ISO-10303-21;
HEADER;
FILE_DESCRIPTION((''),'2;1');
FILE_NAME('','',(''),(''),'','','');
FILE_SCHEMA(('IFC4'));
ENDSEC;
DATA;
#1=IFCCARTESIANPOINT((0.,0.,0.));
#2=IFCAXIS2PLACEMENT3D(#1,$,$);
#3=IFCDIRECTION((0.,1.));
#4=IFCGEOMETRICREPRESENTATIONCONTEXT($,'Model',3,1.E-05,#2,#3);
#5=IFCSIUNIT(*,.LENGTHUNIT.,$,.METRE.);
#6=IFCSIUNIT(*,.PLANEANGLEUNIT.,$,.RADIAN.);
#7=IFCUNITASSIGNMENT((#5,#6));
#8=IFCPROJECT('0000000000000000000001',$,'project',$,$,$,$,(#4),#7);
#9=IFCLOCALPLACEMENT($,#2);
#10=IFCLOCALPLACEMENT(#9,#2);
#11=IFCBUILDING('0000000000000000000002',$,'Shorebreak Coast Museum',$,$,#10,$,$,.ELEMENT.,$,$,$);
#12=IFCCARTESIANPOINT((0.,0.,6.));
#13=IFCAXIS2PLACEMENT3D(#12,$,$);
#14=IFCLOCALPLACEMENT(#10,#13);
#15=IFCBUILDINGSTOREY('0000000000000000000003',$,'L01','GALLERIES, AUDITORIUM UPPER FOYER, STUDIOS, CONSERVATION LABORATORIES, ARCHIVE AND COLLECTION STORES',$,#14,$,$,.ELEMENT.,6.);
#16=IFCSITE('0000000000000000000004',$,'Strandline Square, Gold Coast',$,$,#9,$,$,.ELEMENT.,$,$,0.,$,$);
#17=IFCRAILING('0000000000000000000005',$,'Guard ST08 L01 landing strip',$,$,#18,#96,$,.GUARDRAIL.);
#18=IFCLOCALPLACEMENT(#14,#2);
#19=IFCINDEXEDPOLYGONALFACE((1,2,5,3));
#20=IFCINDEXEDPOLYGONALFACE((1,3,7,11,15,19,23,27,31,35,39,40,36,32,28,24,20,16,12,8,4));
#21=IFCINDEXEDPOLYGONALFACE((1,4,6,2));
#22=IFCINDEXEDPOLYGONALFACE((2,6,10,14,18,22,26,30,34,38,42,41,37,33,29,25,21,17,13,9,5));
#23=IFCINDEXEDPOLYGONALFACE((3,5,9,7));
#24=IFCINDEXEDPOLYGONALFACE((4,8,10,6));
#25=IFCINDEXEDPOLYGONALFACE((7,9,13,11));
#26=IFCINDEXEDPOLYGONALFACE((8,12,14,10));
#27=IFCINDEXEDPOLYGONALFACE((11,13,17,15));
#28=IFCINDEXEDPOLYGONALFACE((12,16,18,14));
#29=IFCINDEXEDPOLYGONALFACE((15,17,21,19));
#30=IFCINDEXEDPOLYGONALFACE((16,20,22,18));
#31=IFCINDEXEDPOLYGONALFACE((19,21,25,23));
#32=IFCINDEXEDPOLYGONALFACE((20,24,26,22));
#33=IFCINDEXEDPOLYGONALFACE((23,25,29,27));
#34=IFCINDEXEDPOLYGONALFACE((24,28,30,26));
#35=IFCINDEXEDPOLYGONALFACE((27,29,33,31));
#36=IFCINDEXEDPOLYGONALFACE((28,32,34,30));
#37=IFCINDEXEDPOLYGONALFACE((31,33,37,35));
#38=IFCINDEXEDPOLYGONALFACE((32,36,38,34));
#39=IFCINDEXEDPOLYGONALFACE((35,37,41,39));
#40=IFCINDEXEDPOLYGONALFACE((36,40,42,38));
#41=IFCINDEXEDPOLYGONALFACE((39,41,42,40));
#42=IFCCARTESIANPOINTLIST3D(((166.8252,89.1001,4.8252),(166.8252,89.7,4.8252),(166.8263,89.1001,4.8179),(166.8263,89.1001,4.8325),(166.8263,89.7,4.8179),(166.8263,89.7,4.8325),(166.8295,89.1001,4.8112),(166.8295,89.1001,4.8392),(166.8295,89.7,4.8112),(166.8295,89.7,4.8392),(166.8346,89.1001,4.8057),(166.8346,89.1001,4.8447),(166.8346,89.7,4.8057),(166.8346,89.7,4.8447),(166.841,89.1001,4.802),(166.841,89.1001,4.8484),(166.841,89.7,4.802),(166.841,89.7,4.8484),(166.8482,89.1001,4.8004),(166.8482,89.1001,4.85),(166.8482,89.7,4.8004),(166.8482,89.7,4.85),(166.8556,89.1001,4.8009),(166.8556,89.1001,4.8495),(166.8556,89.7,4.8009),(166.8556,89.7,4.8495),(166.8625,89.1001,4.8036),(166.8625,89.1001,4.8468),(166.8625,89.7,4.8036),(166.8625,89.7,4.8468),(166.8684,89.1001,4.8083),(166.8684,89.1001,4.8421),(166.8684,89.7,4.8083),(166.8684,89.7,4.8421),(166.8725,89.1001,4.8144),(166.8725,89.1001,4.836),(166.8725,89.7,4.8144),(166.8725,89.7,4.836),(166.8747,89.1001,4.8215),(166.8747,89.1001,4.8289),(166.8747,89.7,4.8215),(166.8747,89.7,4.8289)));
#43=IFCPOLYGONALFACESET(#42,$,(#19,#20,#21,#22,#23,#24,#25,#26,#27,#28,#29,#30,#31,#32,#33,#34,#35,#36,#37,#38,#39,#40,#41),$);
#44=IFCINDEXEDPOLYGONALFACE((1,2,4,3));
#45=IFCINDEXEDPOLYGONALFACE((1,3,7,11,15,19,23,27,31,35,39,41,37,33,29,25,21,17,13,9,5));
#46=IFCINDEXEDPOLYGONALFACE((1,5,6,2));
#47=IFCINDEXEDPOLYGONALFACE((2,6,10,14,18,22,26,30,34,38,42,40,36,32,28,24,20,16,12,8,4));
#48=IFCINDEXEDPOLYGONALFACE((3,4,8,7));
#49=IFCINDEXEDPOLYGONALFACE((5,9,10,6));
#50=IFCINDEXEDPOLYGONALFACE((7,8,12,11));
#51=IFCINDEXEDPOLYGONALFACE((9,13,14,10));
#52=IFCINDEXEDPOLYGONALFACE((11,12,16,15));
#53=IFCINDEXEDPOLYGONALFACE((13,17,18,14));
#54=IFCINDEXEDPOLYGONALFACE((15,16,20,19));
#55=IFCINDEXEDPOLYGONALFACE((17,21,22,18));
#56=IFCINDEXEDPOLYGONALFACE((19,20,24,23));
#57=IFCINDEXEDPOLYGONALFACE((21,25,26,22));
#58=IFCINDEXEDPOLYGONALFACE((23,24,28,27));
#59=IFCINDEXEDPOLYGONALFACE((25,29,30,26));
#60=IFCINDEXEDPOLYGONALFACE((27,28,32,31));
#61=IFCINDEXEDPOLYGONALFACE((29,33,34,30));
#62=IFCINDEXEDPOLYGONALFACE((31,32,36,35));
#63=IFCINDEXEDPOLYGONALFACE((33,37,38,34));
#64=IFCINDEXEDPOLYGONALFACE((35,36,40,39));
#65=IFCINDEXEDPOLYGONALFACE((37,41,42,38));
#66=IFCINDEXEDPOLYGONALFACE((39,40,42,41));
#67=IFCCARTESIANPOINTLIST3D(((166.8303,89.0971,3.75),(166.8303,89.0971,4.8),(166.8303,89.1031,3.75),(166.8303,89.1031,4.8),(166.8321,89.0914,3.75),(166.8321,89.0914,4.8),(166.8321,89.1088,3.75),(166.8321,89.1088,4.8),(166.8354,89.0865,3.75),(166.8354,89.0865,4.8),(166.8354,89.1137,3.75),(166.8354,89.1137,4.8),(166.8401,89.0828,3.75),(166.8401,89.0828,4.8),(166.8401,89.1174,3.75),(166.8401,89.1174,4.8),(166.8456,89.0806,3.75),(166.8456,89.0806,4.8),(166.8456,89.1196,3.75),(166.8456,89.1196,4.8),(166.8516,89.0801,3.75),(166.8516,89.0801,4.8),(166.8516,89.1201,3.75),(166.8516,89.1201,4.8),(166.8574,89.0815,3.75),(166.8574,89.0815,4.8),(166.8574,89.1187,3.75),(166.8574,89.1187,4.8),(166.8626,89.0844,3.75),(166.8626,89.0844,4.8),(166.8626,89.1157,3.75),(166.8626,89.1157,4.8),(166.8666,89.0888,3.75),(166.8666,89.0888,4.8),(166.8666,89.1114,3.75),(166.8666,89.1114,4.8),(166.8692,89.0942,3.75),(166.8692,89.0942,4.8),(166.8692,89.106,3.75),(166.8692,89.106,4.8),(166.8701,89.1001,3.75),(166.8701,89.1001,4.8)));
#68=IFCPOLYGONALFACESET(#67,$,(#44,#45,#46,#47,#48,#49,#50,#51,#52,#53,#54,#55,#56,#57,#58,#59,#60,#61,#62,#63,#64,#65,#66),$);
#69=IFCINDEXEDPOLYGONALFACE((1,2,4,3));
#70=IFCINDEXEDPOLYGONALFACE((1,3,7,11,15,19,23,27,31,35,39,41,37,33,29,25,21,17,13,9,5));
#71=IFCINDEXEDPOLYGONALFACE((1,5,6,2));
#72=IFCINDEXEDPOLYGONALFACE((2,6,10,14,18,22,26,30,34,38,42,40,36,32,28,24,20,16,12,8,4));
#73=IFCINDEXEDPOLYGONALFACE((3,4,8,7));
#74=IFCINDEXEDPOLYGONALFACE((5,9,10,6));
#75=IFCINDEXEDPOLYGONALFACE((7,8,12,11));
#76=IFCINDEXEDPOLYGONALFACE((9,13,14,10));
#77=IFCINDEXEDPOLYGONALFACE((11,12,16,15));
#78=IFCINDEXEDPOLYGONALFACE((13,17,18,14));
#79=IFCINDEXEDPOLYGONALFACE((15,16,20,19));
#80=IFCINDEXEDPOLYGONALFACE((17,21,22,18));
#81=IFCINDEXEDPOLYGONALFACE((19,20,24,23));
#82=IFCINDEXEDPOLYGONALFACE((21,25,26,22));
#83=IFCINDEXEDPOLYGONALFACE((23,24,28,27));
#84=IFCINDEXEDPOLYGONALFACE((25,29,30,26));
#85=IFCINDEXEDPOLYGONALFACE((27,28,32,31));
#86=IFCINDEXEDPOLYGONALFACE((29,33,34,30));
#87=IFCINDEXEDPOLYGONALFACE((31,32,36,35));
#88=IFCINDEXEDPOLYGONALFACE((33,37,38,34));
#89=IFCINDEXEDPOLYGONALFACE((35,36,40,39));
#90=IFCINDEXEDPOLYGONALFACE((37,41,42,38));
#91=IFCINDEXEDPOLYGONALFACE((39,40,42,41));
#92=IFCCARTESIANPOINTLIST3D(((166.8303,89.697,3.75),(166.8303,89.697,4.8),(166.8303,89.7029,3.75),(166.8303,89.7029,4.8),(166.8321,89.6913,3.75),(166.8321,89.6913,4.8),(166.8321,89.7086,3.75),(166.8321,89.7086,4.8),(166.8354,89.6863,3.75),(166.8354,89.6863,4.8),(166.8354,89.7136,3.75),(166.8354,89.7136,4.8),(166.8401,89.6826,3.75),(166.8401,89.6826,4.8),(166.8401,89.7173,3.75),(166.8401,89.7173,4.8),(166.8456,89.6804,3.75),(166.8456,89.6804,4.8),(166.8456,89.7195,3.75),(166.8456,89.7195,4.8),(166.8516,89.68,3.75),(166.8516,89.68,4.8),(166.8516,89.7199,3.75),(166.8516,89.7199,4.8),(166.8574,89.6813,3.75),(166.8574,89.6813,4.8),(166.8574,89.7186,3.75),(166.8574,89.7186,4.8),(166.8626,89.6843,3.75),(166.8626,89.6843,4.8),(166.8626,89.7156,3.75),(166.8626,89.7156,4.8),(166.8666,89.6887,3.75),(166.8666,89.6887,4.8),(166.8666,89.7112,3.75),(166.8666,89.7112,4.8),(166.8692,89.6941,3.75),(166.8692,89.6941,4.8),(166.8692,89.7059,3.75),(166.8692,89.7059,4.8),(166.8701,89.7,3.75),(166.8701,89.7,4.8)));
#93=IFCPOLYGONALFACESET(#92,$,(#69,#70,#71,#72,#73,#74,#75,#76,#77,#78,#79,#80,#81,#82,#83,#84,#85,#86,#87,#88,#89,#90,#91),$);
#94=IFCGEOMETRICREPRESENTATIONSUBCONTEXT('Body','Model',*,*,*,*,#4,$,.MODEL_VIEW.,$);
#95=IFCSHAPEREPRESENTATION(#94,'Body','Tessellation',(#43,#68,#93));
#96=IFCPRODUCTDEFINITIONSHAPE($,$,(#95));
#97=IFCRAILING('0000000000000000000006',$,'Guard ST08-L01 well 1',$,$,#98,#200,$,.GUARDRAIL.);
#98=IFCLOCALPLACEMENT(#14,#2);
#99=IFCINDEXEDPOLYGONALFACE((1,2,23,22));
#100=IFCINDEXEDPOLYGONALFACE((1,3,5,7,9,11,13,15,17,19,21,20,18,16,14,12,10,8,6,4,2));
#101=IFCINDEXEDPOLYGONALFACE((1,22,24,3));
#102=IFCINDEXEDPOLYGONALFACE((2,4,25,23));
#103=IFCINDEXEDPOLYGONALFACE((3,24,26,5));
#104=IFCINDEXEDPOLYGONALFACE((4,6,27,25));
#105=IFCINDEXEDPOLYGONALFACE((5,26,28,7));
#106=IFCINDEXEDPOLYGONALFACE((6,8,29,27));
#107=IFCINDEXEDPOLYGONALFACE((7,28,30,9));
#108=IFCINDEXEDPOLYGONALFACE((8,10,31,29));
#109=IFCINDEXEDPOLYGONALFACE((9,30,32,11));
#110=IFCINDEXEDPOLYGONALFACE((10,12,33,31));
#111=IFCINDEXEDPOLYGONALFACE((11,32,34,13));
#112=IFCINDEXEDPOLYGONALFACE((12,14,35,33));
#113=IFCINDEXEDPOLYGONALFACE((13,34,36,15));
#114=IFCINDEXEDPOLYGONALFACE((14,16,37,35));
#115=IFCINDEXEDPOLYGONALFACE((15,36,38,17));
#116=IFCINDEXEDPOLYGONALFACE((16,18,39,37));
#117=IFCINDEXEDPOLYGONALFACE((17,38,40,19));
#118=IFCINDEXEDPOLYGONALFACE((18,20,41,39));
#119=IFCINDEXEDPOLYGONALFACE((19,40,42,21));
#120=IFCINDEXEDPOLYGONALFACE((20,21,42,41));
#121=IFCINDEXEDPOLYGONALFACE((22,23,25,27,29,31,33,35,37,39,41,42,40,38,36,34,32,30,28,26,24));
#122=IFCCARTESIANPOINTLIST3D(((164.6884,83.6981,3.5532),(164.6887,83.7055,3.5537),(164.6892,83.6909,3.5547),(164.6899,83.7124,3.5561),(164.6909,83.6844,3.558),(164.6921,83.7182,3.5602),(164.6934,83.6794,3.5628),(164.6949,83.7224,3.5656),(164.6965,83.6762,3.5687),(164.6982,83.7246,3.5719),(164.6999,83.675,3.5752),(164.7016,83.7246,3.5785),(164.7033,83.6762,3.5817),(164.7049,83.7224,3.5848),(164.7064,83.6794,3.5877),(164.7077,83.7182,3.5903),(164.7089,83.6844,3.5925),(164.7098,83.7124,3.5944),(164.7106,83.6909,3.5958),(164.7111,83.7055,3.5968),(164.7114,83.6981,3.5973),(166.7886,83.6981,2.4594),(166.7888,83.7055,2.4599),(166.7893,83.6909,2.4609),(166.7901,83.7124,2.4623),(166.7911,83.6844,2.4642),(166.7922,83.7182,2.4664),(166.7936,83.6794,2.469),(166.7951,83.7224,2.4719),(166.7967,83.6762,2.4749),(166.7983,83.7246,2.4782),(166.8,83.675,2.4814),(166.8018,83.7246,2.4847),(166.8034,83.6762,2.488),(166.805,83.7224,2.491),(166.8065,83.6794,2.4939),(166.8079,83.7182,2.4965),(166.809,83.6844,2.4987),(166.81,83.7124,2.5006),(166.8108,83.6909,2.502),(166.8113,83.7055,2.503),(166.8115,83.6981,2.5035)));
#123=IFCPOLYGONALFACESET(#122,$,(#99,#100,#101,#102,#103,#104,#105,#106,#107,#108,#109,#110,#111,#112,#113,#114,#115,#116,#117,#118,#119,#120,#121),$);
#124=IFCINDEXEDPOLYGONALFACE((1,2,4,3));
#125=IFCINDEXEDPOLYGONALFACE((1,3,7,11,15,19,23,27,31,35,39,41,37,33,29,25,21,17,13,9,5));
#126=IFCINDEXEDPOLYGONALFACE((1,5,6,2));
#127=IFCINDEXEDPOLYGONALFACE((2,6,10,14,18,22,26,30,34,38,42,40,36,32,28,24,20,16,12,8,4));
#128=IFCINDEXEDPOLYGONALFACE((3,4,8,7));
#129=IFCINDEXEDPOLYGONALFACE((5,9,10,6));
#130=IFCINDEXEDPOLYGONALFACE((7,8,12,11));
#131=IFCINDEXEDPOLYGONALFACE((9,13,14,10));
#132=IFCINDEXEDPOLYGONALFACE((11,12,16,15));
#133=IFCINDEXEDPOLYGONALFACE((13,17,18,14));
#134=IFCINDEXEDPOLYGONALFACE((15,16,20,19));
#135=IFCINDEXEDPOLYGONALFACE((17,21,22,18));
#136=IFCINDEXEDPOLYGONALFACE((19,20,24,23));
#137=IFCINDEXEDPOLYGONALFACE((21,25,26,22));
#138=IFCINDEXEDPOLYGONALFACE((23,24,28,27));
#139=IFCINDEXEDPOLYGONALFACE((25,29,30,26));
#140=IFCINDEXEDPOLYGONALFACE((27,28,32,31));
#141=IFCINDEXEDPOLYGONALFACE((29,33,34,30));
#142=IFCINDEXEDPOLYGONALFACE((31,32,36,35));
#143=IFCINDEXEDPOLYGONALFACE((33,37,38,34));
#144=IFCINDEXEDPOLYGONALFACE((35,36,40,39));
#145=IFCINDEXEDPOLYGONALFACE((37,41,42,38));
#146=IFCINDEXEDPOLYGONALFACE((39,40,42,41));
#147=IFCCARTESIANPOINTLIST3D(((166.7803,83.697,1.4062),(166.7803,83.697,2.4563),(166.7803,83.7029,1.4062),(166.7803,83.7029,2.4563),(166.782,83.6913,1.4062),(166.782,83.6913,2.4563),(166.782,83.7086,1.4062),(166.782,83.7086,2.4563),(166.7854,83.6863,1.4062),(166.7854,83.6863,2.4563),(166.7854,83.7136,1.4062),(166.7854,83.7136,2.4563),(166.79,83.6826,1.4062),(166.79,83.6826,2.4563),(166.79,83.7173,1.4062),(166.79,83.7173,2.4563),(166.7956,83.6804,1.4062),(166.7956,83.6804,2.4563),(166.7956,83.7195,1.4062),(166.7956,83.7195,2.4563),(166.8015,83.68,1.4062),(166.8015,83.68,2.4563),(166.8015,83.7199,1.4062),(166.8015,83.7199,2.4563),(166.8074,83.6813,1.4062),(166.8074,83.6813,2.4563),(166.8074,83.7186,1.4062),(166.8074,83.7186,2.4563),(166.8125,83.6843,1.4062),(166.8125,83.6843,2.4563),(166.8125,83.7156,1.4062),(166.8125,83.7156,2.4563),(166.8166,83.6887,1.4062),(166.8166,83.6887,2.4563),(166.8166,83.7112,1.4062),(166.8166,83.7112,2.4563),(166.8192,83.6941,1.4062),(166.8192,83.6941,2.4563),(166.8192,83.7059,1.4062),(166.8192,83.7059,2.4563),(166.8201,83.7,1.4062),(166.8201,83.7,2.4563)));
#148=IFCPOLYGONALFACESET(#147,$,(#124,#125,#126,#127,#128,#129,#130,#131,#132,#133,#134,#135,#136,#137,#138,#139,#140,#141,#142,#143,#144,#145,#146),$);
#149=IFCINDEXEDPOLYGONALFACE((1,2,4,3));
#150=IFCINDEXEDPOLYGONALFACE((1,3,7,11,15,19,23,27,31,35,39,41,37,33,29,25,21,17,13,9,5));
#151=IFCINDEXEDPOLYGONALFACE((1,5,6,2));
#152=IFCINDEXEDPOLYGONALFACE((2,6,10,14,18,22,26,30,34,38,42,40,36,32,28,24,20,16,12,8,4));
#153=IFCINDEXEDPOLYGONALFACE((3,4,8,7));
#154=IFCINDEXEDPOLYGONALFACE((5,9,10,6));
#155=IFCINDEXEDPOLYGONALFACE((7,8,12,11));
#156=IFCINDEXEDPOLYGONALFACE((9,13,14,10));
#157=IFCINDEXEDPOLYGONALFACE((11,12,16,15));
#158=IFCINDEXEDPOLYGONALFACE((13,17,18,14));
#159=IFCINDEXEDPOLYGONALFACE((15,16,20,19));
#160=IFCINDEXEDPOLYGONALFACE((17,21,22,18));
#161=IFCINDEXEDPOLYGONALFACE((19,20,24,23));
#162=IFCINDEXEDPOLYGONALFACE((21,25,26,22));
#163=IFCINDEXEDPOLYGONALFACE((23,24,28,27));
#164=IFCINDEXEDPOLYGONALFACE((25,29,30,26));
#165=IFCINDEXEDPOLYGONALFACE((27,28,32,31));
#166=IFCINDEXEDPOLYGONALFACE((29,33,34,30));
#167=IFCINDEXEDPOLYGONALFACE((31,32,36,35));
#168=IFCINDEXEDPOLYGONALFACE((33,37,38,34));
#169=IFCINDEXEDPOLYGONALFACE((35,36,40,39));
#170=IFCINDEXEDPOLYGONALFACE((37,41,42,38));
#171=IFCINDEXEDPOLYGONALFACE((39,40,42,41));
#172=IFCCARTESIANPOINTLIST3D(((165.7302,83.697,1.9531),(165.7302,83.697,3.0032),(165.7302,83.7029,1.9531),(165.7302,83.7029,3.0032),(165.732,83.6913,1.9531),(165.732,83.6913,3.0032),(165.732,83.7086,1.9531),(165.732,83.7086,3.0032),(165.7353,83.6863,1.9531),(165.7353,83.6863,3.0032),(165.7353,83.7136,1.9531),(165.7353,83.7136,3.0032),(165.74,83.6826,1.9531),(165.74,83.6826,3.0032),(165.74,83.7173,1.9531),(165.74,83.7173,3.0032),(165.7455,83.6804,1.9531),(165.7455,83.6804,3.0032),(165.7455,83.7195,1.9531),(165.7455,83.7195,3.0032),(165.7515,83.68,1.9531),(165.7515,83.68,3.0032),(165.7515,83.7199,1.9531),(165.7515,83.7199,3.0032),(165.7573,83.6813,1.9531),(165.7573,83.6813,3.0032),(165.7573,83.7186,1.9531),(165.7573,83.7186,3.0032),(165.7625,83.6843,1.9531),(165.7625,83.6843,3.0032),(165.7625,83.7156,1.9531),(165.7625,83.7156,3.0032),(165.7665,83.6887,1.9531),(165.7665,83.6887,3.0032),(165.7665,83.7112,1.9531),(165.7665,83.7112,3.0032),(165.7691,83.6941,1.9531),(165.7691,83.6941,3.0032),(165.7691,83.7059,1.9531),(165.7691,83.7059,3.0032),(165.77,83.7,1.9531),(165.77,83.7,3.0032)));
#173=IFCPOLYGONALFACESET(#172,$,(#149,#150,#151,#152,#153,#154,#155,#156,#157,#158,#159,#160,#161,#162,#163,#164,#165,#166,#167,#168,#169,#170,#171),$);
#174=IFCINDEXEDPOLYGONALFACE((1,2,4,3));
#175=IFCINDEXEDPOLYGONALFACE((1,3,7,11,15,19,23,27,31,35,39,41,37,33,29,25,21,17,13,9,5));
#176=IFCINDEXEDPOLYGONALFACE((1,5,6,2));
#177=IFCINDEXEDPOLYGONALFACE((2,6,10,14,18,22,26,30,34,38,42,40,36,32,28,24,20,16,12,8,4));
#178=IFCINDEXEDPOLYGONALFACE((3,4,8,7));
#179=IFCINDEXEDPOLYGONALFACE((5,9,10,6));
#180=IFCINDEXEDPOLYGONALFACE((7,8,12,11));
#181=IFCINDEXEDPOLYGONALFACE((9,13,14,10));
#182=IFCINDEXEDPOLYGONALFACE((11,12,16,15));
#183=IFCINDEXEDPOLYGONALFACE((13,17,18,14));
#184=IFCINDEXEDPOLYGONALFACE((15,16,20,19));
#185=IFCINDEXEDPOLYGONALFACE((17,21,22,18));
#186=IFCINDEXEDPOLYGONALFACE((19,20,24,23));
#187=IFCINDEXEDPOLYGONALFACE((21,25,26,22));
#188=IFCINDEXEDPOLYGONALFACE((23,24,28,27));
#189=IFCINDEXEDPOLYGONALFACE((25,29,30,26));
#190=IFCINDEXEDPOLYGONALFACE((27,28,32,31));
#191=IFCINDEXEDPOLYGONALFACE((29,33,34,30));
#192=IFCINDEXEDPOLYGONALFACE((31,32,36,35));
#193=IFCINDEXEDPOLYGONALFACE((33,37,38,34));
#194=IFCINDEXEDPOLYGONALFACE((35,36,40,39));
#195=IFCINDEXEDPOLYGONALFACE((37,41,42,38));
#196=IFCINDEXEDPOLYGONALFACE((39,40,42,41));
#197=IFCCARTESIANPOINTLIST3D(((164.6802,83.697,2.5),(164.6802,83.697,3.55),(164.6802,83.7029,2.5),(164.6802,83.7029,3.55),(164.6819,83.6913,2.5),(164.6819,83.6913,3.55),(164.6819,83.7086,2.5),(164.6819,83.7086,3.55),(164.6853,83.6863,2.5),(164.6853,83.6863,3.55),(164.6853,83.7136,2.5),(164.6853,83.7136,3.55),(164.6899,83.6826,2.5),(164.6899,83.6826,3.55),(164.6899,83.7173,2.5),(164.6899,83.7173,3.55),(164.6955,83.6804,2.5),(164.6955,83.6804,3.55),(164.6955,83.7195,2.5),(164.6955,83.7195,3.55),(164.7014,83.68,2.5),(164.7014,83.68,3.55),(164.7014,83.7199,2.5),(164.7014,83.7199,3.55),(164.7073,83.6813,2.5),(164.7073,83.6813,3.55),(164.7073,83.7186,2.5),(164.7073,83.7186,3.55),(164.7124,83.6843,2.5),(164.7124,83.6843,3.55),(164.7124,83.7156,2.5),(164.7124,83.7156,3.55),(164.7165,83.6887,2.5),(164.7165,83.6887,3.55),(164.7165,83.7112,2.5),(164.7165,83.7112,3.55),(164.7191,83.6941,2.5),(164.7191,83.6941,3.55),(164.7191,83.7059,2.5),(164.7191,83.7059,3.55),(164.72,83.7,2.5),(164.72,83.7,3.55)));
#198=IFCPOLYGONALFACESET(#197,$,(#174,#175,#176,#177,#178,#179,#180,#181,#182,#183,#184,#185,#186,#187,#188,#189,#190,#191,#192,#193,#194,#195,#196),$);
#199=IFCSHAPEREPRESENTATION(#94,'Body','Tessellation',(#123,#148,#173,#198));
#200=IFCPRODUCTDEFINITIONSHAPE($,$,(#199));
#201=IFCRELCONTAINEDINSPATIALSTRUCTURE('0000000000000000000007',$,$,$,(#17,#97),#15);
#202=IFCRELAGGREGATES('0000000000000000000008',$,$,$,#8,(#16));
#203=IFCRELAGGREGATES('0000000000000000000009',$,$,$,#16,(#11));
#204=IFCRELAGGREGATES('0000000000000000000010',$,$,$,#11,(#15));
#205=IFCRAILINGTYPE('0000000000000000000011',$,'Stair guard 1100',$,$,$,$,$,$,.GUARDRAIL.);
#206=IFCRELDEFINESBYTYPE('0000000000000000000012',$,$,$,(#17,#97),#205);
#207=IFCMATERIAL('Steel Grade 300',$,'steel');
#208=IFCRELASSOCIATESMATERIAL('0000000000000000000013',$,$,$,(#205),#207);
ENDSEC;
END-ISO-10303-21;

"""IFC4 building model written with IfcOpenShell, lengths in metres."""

from ifc_helpers import new_model, si_unit, direction, frame, origin, origin_2d, place, context, subcontext, project, spatial, circle, extrude, material, type_object, element, save


model = new_model("IFC4")

# Units and contexts
model_context = context("Model", 3, precision=1e-05, world=origin(), true_north=direction((0.0, 1.0)))
body_context = subcontext(model_context, "Body", "Model", "MODEL_VIEW")
ifc_project = project(units=[si_unit("LENGTHUNIT", "METRE"), si_unit("PLANEANGLEUNIT", "RADIAN")], contexts=[model_context])

# Site, building, storey
site_placement = place(None, origin())
site = spatial("IfcSite", under=ifc_project, at=site_placement, Name="Strandline Square, Gold Coast", CompositionType="ELEMENT", RefElevation=0.0)
building_placement = place(site_placement, origin())
building = spatial("IfcBuilding", under=site, at=building_placement, Name="Shorebreak Coast Museum", CompositionType="ELEMENT")
storey_placement = place(building_placement, frame((0.0, 0.0, 6.0)))
storey = spatial("IfcBuildingStorey", under=building, at=storey_placement, Name="L01", Description="GALLERIES, AUDITORIUM UPPER FOYER, STUDIOS, CONSERVATION LABORATORIES, ARCHIVE AND COLLECTION STORES", CompositionType="ELEMENT", Elevation=6.0)

# Railings
ifc_material_1 = material(Name="Steel Grade 300", Category="steel")
railing_type_1 = type_object("IfcRailingType", Name="Stair guard 1100", PredefinedType="GUARDRAIL", material=ifc_material_1)
for number, where, name in (
    (1, (166.8501, 89.1001, 3.75), "Guard ST08 L01 landing strip"),
):
    element("IfcRailing", number, at=place(storey_placement, frame(where)), inside=storey, type_object=railing_type_1, Name=name, PredefinedType="GUARDRAIL", context=body_context, shape_type="SweptSolid", body=[
        extrude(circle(Radius=0.0249, at=origin_2d()), frame((0.0, 0.0, 1.0752), z_axis=(0.0, 1.0, 0.0), x_axis=(-1.0, 0.0, 0.0)), (0.0, 0.0, 1.0), 0.5999),
        extrude(circle(Radius=0.02, at=origin_2d()), origin(), (0.0, 0.0, 1.0), 1.05),
        extrude(circle(Radius=0.02, at=origin_2d()), frame((0.0, 0.5999, 0.0)), (0.0, 0.0, 1.0), 1.05),
    ])
for number, where, name in (
    (2, (166.8, 83.7, 1.4062), "Guard ST08-L01 well 1"),
):
    element("IfcRailing", number, at=place(storey_placement, frame(where)), inside=storey, type_object=railing_type_1, Name=name, PredefinedType="GUARDRAIL", context=body_context, shape_type="SweptSolid", body=[
        extrude(circle(Radius=0.0249, at=origin_2d()), frame((0.0, 0.0, 1.0752), z_axis=(-0.886923, 0.0, 0.461918), x_axis=(0.0, -1.0, 0.0)), (0.0, 0.0, 1.0), 2.3679),
        extrude(circle(Radius=0.02, at=origin_2d()), origin(), (0.0, 0.0, 1.0), 1.05),
        extrude(circle(Radius=0.02, at=origin_2d()), frame((-1.05, 0.0, 0.5469)), (0.0, 0.0, 1.0), 1.05),
        extrude(circle(Radius=0.02, at=origin_2d()), frame((-2.1001, 0.0, 1.0938)), (0.0, 0.0, 1.0), 1.05),
    ])

save(model, "model.ifc")
